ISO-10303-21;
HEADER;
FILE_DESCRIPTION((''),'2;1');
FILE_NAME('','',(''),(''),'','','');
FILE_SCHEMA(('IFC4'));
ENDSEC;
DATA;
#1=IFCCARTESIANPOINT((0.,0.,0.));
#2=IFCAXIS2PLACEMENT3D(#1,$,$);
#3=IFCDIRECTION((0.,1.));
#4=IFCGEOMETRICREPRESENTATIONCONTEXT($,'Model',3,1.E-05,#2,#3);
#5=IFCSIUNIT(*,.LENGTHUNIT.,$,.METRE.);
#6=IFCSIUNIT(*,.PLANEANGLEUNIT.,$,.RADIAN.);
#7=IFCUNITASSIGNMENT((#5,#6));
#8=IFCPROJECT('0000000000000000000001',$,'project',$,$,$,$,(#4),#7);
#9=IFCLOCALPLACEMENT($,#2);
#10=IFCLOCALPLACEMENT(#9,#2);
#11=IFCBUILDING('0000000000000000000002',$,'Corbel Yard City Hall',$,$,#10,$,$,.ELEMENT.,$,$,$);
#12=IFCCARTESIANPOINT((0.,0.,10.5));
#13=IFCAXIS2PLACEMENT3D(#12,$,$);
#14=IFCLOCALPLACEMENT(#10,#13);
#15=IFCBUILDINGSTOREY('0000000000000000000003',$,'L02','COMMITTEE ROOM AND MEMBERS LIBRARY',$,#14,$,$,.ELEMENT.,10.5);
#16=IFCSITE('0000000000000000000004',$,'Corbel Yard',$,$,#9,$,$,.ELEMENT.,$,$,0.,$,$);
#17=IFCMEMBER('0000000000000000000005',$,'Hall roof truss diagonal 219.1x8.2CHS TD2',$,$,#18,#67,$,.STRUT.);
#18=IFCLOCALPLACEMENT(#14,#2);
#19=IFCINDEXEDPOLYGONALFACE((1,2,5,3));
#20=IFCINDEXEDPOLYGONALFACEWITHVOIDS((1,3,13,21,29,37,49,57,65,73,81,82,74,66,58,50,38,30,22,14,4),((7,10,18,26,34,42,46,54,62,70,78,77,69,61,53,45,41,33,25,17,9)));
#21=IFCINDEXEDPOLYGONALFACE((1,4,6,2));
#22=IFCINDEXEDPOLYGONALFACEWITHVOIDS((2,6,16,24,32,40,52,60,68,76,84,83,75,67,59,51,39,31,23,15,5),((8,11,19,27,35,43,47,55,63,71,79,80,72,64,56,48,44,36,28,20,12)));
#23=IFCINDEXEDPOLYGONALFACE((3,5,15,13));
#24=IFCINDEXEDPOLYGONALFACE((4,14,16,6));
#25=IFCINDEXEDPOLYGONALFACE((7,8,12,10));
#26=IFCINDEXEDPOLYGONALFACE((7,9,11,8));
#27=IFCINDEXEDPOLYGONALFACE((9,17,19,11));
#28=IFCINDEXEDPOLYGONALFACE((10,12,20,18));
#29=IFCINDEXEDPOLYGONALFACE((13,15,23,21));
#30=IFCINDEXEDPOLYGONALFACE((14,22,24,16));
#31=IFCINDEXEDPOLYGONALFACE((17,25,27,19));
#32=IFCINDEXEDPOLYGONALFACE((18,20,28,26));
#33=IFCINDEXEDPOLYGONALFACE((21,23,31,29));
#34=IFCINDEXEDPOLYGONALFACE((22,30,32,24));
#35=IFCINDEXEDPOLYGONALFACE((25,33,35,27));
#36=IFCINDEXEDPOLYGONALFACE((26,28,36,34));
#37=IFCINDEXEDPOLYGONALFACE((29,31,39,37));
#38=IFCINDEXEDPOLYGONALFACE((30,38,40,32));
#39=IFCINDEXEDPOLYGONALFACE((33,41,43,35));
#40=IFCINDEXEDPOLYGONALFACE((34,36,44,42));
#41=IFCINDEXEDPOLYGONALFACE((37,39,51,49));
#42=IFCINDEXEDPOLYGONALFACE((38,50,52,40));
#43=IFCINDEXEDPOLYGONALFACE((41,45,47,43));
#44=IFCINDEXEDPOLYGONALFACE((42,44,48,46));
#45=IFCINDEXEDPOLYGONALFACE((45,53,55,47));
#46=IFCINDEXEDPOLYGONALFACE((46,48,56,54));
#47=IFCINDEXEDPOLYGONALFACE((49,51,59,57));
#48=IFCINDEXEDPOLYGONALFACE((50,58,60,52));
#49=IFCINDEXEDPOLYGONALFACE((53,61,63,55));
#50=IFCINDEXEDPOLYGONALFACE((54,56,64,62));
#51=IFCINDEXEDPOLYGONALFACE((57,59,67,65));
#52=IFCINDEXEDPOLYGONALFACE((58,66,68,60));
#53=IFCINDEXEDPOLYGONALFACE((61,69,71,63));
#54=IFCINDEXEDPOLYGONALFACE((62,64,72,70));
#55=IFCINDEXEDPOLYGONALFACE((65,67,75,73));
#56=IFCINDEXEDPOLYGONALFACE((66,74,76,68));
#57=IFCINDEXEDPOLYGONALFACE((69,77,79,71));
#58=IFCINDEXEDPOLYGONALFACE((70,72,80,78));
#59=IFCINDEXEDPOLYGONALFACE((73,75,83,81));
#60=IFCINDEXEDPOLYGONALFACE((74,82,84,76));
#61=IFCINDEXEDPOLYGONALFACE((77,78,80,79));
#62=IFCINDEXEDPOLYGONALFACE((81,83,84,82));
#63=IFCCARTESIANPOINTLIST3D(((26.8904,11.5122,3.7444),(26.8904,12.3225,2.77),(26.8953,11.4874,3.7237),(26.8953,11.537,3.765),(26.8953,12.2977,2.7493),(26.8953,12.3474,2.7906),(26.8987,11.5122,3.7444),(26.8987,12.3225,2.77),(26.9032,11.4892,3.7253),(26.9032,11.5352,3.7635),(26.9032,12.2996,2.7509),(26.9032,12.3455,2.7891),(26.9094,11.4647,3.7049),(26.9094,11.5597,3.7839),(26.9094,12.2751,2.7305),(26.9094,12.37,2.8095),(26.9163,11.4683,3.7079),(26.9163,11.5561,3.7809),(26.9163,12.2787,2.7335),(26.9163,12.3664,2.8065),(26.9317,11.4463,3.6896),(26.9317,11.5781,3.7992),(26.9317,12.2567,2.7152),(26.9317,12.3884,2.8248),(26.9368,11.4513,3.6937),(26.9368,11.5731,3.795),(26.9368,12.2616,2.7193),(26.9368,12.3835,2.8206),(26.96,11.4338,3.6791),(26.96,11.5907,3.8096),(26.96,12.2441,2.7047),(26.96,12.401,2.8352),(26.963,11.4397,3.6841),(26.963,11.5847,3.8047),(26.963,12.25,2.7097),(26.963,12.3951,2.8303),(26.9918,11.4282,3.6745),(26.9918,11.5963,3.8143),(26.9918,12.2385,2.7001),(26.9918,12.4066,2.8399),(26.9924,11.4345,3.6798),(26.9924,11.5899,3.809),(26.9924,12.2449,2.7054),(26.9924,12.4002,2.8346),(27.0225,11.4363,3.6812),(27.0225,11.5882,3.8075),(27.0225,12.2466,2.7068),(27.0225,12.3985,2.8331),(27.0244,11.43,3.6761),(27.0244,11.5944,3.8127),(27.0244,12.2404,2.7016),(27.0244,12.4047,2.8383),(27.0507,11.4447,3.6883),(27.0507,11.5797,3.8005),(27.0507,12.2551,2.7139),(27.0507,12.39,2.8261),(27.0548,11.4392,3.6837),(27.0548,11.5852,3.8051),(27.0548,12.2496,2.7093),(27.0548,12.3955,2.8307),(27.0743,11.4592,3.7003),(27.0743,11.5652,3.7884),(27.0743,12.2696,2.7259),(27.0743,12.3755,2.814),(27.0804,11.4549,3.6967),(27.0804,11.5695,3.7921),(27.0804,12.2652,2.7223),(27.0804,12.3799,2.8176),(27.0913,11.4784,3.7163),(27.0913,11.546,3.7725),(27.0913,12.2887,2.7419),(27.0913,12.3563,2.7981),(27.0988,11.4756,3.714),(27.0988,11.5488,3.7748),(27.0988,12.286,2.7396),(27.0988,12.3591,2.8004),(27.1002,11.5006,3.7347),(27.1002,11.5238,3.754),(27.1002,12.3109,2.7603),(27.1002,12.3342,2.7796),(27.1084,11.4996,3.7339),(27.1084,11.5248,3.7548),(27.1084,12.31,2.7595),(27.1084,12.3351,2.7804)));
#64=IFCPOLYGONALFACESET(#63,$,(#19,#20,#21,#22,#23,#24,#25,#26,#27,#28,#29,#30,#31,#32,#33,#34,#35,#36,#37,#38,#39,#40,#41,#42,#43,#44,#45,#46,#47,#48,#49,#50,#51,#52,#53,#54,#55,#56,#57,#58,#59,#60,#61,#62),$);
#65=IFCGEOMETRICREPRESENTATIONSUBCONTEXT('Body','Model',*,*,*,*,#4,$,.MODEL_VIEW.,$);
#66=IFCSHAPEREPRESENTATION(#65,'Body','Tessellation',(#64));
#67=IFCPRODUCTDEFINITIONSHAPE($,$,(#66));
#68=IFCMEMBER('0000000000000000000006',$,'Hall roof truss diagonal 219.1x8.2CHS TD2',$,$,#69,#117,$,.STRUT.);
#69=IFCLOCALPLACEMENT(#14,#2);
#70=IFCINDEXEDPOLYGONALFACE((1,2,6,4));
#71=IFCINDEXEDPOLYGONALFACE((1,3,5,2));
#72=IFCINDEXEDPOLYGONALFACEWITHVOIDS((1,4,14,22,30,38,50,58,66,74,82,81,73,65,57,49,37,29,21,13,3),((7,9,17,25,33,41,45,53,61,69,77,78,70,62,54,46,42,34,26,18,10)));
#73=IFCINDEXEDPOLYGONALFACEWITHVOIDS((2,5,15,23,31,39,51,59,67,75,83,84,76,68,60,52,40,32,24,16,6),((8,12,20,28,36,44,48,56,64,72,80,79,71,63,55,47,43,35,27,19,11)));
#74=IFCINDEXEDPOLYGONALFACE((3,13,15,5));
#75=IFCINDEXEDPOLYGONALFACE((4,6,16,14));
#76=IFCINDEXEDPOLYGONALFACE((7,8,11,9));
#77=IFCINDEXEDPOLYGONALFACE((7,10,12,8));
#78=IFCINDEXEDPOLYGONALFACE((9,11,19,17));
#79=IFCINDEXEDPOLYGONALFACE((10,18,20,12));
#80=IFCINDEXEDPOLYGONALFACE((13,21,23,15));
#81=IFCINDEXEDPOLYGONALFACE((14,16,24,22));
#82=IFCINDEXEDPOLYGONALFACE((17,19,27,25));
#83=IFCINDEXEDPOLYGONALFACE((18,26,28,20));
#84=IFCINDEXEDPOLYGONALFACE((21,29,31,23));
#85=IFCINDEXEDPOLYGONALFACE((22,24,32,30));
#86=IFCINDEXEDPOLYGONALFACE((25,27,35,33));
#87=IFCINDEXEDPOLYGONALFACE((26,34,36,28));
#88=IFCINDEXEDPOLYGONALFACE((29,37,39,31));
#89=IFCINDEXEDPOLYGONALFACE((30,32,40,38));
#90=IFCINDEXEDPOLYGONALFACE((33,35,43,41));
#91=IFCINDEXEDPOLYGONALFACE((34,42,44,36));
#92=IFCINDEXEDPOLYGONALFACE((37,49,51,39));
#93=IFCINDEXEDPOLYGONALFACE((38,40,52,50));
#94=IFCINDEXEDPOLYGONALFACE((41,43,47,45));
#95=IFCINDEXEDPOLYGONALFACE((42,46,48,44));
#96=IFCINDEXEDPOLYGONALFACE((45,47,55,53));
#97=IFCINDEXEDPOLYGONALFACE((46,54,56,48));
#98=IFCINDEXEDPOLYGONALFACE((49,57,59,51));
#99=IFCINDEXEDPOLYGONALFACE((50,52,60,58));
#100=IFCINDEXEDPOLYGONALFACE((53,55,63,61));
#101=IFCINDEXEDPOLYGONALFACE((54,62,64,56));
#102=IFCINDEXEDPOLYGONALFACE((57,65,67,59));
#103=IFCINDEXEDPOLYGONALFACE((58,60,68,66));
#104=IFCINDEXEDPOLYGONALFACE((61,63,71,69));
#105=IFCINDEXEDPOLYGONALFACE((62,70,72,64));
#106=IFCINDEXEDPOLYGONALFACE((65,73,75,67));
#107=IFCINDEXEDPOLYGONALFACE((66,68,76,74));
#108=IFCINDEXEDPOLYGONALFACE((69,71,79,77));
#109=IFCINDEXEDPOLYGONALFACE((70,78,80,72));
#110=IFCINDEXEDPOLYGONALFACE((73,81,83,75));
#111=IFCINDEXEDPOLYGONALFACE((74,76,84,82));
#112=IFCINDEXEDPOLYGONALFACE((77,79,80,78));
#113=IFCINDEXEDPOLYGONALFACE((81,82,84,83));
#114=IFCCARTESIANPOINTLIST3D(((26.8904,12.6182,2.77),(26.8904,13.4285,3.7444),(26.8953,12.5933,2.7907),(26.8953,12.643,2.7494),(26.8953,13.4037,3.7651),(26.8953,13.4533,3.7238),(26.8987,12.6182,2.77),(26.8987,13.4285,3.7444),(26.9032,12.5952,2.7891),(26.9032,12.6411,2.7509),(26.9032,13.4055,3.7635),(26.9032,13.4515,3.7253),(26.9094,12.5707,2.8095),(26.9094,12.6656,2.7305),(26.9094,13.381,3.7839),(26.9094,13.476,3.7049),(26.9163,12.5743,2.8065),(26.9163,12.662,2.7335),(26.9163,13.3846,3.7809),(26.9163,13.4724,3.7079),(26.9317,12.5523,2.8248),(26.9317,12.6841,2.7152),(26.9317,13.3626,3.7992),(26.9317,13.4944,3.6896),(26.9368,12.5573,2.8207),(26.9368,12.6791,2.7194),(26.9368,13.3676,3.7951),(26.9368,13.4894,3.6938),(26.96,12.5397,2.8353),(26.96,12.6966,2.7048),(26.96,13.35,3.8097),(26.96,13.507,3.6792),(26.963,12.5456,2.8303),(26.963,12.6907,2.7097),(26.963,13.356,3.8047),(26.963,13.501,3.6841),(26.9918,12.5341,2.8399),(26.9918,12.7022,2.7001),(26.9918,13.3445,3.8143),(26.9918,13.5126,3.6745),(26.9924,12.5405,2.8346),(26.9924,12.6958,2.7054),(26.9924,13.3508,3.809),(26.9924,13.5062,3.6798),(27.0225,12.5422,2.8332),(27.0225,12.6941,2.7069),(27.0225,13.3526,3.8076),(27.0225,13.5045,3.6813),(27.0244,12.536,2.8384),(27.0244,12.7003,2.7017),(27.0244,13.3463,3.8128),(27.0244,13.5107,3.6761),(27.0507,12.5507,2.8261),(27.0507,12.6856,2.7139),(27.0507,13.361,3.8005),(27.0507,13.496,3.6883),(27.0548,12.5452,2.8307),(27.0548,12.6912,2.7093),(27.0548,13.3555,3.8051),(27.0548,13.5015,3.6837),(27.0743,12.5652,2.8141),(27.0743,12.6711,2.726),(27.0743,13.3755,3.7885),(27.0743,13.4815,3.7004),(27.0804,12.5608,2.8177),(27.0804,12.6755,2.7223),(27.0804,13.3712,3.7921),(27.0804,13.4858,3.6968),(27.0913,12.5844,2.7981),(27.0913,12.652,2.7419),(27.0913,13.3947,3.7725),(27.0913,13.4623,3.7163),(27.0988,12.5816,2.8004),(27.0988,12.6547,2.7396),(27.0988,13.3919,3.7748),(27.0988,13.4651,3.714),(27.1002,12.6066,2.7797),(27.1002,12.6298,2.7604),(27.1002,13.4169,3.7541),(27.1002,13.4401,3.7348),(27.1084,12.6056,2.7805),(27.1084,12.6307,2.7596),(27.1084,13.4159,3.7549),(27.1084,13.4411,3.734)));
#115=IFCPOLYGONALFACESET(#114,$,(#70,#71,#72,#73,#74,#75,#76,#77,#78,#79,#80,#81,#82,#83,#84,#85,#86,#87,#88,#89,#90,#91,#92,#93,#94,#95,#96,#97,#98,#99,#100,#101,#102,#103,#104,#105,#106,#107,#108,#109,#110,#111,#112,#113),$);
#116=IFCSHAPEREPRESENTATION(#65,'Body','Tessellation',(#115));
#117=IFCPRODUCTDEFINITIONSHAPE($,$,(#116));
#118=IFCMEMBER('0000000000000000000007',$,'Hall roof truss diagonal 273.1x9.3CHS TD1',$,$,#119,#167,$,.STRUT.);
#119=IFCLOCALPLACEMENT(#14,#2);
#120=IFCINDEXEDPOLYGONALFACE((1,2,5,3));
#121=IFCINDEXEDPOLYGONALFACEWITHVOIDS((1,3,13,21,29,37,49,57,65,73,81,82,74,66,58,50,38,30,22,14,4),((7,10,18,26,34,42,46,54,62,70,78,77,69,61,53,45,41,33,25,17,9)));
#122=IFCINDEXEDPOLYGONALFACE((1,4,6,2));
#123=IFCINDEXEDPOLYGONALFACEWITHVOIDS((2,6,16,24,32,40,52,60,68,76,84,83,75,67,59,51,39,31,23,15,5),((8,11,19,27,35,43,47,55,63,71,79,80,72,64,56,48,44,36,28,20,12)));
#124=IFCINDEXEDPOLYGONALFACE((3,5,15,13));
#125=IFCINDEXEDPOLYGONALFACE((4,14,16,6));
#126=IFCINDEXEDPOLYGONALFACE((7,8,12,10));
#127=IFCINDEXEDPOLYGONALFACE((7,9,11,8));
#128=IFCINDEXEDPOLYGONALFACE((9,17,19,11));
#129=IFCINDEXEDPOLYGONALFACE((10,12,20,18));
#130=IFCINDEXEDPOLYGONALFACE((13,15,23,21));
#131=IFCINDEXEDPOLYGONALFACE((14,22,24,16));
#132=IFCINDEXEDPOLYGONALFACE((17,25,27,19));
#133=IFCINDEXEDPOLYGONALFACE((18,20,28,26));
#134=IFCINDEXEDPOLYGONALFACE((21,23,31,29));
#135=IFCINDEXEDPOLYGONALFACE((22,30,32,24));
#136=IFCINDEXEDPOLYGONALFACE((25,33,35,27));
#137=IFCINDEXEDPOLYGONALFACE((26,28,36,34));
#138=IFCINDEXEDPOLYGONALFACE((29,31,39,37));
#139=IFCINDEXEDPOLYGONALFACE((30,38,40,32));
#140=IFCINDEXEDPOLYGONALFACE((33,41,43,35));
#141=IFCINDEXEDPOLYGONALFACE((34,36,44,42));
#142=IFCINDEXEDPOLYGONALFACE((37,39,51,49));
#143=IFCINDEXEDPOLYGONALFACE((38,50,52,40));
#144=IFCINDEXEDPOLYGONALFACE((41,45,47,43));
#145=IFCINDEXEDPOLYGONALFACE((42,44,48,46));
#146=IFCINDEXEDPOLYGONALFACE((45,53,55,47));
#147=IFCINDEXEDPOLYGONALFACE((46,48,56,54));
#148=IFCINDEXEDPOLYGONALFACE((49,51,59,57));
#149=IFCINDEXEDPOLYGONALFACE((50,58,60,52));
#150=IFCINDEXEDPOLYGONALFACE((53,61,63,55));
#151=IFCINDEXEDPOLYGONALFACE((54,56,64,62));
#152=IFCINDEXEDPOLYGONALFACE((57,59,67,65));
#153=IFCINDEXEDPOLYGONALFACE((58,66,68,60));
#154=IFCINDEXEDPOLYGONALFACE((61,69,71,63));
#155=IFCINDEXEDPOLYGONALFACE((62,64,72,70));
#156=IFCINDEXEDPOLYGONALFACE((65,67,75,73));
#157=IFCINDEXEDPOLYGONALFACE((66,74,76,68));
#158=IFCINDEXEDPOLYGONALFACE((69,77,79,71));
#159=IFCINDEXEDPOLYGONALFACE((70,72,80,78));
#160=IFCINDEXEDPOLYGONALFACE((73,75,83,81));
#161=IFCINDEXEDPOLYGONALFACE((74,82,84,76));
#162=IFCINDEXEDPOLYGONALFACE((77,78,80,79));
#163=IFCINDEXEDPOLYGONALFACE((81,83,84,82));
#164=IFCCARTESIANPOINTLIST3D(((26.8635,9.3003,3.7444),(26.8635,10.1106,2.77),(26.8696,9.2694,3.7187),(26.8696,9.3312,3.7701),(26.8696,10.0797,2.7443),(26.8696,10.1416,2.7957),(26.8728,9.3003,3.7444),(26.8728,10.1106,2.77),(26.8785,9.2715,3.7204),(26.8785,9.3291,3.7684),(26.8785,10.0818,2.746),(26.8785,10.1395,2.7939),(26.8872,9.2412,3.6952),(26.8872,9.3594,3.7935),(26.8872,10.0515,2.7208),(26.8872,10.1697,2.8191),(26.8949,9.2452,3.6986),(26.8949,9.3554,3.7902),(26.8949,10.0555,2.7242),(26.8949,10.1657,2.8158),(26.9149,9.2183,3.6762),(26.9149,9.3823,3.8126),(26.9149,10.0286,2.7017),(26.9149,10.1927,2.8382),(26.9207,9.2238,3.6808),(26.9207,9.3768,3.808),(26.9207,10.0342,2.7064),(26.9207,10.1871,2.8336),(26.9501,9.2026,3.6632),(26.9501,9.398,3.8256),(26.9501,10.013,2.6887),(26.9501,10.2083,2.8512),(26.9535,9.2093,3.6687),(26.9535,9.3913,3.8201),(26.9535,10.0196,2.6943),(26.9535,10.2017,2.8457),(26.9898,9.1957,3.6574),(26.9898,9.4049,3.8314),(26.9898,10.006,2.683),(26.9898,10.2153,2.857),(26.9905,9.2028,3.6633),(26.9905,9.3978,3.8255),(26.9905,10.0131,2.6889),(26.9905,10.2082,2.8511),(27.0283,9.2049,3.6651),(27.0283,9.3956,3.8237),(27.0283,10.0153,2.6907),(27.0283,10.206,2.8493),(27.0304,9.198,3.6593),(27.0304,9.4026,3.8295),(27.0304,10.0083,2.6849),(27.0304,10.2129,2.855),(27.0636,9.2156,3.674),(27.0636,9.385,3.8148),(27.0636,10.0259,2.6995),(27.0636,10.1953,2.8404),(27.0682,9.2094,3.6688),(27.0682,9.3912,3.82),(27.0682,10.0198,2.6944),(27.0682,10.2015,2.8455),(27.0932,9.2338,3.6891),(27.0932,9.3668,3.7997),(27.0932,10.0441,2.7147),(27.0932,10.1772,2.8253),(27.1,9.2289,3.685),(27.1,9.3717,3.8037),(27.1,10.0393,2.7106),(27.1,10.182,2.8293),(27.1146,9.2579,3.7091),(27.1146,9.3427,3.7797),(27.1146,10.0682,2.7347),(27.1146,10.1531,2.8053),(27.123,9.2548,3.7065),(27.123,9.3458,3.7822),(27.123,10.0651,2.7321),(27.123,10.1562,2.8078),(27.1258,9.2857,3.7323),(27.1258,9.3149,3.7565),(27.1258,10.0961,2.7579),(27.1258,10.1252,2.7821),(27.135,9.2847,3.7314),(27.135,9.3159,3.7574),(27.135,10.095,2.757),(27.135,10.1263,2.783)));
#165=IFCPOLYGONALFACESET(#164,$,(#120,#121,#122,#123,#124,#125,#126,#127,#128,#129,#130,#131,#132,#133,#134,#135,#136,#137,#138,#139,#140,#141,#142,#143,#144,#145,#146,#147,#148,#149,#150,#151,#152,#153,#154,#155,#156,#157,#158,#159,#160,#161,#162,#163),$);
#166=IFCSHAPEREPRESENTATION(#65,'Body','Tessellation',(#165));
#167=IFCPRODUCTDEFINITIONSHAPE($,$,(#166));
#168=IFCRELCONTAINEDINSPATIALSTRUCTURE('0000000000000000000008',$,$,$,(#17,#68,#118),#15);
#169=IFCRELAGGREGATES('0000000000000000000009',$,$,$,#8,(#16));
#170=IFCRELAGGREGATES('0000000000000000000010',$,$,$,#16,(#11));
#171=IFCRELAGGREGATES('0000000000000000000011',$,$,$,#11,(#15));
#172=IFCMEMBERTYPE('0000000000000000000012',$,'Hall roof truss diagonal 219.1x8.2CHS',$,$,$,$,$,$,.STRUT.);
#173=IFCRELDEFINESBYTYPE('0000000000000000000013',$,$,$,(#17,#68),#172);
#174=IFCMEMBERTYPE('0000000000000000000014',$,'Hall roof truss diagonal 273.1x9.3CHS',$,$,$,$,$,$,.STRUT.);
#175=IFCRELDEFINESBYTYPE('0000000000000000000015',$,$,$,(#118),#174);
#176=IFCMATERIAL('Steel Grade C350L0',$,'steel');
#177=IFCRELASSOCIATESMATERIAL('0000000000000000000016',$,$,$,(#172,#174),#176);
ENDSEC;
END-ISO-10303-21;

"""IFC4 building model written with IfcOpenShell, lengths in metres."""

from ifc_helpers import new_model, si_unit, direction, frame, origin, origin_2d, place, context, subcontext, project, spatial, hollow_circle, extrude, material, material_profile, profile_set, type_object, element, save


model = new_model("IFC4")

# Units and contexts
model_context = context("Model", 3, precision=1e-05, world=origin(), true_north=direction((0.0, 1.0)))
body_context = subcontext(model_context, "Body", "Model", "MODEL_VIEW")
ifc_project = project(units=[si_unit("LENGTHUNIT", "METRE"), si_unit("PLANEANGLEUNIT", "RADIAN")], contexts=[model_context])

# Site, building, storey
site_placement = place(None, origin())
site = spatial("IfcSite", under=ifc_project, at=site_placement, Name="Corbel Yard", CompositionType="ELEMENT", RefElevation=0.0)
building_placement = place(site_placement, origin())
building = spatial("IfcBuilding", under=site, at=building_placement, Name="Corbel Yard City Hall", CompositionType="ELEMENT")
storey_placement = place(building_placement, frame((0.0, 0.0, 10.5)))
storey = spatial("IfcBuildingStorey", under=building, at=storey_placement, Name="L02", Description="COMMITTEE ROOM AND MEMBERS LIBRARY", CompositionType="ELEMENT", Elevation=10.5)

# Shared definitions
ifc_material_1 = material(Name="Steel Grade C350L0", Category="steel")

# Members
ifc_material_profile_1 = material_profile(ifc_material_1, hollow_circle(Radius=0.1096, WallThickness=0.0083, at=origin_2d()), Name="219.1x8.2CHS")
ifc_profile_set_1 = profile_set([ifc_material_profile_1], Name="Steel Grade C350L0")
member_type_1 = type_object("IfcMemberType", Name="Hall roof truss diagonal 219.1x8.2CHS", PredefinedType="STRUT", material=ifc_profile_set_1)
for number, where, z_axis, x_axis, name in (
    (1, (27.0, 11.5122, 3.7444), (0.0, 0.639407, -0.768868), (-1.0, 0.0, 0.0), "Hall roof truss diagonal 219.1x8.2CHS TD2"),
    (2, (27.0, 12.6182, 2.77), (0.0, 0.639407, 0.768868), (-1.0, 0.0, 0.0), "Hall roof truss diagonal 219.1x8.2CHS TD2"),
):
    element("IfcMember", number, at=place(storey_placement, frame(where, z_axis=z_axis, x_axis=x_axis)), inside=storey, type_object=member_type_1, Name=name, PredefinedType="STRUT", context=body_context, shape_type="SweptSolid", body=[
        extrude(hollow_circle(Radius=0.1096, WallThickness=0.0083, at=origin_2d()), origin(), (0.0, 0.0, 1.0), 1.2673),
    ])
ifc_material_profile_2 = material_profile(ifc_material_1, hollow_circle(Radius=0.1365, WallThickness=0.0093, at=origin_2d()), Name="273.1x9.3CHS")
ifc_profile_set_2 = profile_set([ifc_material_profile_2], Name="Steel Grade C350L0")
member_type_2 = type_object("IfcMemberType", Name="Hall roof truss diagonal 273.1x9.3CHS", PredefinedType="STRUT", material=ifc_profile_set_2)
for number, where, z_axis, x_axis, name in (
    (3, (27.0, 9.3003, 3.7444), (0.0, 0.639407, -0.768868), (-1.0, 0.0, 0.0), "Hall roof truss diagonal 273.1x9.3CHS TD1"),
):
    element("IfcMember", number, at=place(storey_placement, frame(where, z_axis=z_axis, x_axis=x_axis)), inside=storey, type_object=member_type_2, Name=name, PredefinedType="STRUT", context=body_context, shape_type="SweptSolid", body=[
        extrude(hollow_circle(Radius=0.1365, WallThickness=0.0093, at=origin_2d()), origin(), (0.0, 0.0, 1.0), 1.2673),
    ])

save(model, "model.ifc")
